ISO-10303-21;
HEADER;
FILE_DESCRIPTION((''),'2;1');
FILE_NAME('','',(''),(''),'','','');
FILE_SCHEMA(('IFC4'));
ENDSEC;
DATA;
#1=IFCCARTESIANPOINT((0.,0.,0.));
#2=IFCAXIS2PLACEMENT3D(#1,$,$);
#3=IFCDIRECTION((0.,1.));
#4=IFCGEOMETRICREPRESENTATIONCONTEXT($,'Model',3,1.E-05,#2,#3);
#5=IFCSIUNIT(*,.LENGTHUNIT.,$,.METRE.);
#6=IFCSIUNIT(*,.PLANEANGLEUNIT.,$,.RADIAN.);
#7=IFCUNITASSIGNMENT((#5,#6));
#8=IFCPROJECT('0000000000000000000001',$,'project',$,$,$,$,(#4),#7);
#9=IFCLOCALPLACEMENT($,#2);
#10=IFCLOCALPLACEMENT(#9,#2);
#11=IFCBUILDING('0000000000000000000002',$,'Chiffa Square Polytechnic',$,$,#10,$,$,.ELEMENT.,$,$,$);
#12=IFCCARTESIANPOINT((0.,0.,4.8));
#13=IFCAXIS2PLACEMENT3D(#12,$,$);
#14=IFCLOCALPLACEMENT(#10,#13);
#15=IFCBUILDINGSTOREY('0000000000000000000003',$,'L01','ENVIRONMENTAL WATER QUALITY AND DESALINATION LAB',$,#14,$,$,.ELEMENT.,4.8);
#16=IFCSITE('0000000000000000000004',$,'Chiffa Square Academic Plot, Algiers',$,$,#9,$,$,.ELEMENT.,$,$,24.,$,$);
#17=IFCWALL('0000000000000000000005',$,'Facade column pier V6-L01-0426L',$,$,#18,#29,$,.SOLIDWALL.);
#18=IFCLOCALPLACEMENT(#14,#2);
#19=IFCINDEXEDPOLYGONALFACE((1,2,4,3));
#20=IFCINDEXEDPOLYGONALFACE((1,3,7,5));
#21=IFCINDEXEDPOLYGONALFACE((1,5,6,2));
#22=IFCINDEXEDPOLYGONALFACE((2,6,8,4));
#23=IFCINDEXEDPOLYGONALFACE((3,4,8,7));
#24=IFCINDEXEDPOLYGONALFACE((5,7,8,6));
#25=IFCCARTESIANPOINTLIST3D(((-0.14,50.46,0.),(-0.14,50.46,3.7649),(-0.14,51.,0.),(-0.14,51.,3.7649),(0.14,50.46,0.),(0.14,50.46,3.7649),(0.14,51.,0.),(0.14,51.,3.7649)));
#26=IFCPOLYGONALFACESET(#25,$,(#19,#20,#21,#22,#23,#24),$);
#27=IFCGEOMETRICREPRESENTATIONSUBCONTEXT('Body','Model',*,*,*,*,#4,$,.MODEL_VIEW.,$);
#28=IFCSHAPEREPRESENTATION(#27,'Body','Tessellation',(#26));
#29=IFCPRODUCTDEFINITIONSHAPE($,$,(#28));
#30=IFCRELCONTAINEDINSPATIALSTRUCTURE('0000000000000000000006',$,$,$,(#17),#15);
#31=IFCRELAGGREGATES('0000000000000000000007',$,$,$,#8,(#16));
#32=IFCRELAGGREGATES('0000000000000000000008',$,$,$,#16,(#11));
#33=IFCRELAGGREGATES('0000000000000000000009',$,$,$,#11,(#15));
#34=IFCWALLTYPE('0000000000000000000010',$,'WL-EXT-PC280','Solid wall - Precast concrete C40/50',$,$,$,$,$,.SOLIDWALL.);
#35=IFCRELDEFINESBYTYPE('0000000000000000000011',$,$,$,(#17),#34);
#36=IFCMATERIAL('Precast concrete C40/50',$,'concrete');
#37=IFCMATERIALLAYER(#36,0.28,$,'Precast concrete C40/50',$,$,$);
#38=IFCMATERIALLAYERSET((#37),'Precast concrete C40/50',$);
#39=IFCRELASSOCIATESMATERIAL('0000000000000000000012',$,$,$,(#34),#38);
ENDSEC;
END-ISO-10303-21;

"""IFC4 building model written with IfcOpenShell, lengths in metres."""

from ifc_helpers import new_model, si_unit, direction, frame, frame_2d, origin, place, context, subcontext, project, spatial, rectangle, extrude, material, layer, layer_set, type_object, element, save


model = new_model("IFC4")

# Units and contexts
model_context = context("Model", 3, precision=1e-05, world=origin(), true_north=direction((0.0, 1.0)))
body_context = subcontext(model_context, "Body", "Model", "MODEL_VIEW")
ifc_project = project(units=[si_unit("LENGTHUNIT", "METRE"), si_unit("PLANEANGLEUNIT", "RADIAN")], contexts=[model_context])

# Site, building, storey
site_placement = place(None, origin())
site = spatial("IfcSite", under=ifc_project, at=site_placement, Name="Chiffa Square Academic Plot, Algiers", CompositionType="ELEMENT", RefElevation=24.0)
building_placement = place(site_placement, origin())
building = spatial("IfcBuilding", under=site, at=building_placement, Name="Chiffa Square Polytechnic", CompositionType="ELEMENT")
storey_placement = place(building_placement, frame((0.0, 0.0, 4.8)))
storey = spatial("IfcBuildingStorey", under=building, at=storey_placement, Name="L01", Description="ENVIRONMENTAL WATER QUALITY AND DESALINATION LAB", CompositionType="ELEMENT", Elevation=4.8)

# Wall
ifc_material_1 = material(Name="Precast concrete C40/50", Category="concrete")
ifc_layer_1 = layer(ifc_material_1, 0.28, Name="Precast concrete C40/50")
ifc_layer_set_1 = layer_set([ifc_layer_1], Name="Precast concrete C40/50")
wall_type = type_object("IfcWallType", Name="WL-EXT-PC280", Description="Solid wall - Precast concrete C40/50", PredefinedType="SOLIDWALL", material=ifc_layer_set_1)
wall_placement = place(storey_placement, frame((0.0, 51.0, 0.0), z_axis=(0.0, 0.0, 1.0), x_axis=(0.0, -1.0, 0.0)))
element("IfcWall", 1, at=wall_placement, inside=storey, type_object=wall_type, Name="Facade column pier V6-L01-0426L", PredefinedType="SOLIDWALL", context=body_context, shape_type="SweptSolid", body=[
    extrude(rectangle(XDim=0.54, YDim=0.28, at=frame_2d((0.27, 0.0))), origin(), (0.0, 0.0, 1.0), 3.7649),
])

save(model, "model.ifc")
